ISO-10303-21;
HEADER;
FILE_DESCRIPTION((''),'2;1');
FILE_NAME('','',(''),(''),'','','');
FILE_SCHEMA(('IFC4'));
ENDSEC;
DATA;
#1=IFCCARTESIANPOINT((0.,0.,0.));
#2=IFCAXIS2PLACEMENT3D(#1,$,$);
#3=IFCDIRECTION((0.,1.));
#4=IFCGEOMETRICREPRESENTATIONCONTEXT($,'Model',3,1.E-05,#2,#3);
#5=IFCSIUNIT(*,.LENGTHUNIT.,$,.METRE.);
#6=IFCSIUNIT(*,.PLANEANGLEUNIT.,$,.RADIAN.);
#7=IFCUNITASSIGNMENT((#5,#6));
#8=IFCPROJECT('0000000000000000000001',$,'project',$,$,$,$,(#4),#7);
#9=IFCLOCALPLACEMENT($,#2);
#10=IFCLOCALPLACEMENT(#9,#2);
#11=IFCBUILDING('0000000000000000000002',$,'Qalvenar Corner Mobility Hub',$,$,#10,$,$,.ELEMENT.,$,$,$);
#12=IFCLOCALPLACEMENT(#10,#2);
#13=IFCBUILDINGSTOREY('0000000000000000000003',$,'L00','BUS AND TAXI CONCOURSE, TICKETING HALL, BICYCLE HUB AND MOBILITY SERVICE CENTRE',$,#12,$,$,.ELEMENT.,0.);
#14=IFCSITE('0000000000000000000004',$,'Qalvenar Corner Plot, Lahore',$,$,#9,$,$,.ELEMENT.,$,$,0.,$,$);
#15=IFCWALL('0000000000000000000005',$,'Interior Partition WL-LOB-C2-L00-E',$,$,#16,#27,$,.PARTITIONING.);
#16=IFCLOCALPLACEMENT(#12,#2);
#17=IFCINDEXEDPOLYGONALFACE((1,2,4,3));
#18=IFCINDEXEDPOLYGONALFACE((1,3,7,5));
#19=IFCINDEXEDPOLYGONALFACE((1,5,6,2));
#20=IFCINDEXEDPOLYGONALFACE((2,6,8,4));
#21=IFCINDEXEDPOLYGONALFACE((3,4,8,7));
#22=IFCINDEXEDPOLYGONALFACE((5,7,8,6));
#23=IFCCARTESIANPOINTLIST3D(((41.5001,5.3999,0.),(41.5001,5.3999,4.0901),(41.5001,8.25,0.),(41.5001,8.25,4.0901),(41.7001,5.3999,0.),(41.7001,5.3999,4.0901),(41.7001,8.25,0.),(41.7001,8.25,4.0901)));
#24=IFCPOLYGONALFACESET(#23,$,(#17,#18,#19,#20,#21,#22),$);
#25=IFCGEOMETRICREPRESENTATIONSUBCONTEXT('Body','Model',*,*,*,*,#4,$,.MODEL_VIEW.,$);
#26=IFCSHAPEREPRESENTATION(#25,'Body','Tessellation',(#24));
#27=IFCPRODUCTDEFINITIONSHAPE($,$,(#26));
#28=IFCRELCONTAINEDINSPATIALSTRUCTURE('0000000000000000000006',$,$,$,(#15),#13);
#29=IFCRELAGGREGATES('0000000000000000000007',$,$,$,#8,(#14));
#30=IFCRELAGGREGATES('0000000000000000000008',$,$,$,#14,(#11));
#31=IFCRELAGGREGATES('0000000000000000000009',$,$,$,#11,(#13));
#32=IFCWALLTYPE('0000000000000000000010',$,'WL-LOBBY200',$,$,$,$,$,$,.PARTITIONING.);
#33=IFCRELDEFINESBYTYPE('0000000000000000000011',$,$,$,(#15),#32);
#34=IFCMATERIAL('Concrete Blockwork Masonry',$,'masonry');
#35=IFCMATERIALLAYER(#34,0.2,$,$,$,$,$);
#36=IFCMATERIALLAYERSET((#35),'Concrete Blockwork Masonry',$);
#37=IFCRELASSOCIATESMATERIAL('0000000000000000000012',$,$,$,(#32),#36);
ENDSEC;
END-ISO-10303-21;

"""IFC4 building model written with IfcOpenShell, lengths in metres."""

from ifc_helpers import new_model, si_unit, direction, frame, frame_2d, origin, place, context, subcontext, project, spatial, rectangle, extrude, material, layer, layer_set, type_object, element, save


model = new_model("IFC4")

# Units and contexts
model_context = context("Model", 3, precision=1e-05, world=origin(), true_north=direction((0.0, 1.0)))
body_context = subcontext(model_context, "Body", "Model", "MODEL_VIEW")
ifc_project = project(units=[si_unit("LENGTHUNIT", "METRE"), si_unit("PLANEANGLEUNIT", "RADIAN")], contexts=[model_context])

# Site, building, storey
site_placement = place(None, origin())
site = spatial("IfcSite", under=ifc_project, at=site_placement, Name="Qalvenar Corner Plot, Lahore", CompositionType="ELEMENT", RefElevation=0.0)
building_placement = place(site_placement, origin())
building = spatial("IfcBuilding", under=site, at=building_placement, Name="Qalvenar Corner Mobility Hub", CompositionType="ELEMENT")
storey_placement = place(building_placement, origin())
storey = spatial("IfcBuildingStorey", under=building, at=storey_placement, Name="L00", Description="BUS AND TAXI CONCOURSE, TICKETING HALL, BICYCLE HUB AND MOBILITY SERVICE CENTRE", CompositionType="ELEMENT", Elevation=0.0)

# Wall
ifc_material_1 = material(Name="Concrete Blockwork Masonry", Category="masonry")
ifc_layer_1 = layer(ifc_material_1, 0.2)
ifc_layer_set_1 = layer_set([ifc_layer_1], Name="Concrete Blockwork Masonry")
wall_type = type_object("IfcWallType", Name="WL-LOBBY200", PredefinedType="PARTITIONING", material=ifc_layer_set_1)
wall_placement = place(storey_placement, frame((41.6001, 5.3999, 0.0), z_axis=(0.0, 0.0, 1.0), x_axis=(0.0, 1.0, 0.0)))
element("IfcWall", 1, at=wall_placement, inside=storey, type_object=wall_type, Name="Interior Partition WL-LOB-C2-L00-E", PredefinedType="PARTITIONING", context=body_context, shape_type="SweptSolid", body=[
    extrude(rectangle(XDim=2.8501, YDim=0.2, at=frame_2d((1.425, 0.0))), origin(), (0.0, 0.0, 1.0), 4.0901),
])

save(model, "model.ifc")
